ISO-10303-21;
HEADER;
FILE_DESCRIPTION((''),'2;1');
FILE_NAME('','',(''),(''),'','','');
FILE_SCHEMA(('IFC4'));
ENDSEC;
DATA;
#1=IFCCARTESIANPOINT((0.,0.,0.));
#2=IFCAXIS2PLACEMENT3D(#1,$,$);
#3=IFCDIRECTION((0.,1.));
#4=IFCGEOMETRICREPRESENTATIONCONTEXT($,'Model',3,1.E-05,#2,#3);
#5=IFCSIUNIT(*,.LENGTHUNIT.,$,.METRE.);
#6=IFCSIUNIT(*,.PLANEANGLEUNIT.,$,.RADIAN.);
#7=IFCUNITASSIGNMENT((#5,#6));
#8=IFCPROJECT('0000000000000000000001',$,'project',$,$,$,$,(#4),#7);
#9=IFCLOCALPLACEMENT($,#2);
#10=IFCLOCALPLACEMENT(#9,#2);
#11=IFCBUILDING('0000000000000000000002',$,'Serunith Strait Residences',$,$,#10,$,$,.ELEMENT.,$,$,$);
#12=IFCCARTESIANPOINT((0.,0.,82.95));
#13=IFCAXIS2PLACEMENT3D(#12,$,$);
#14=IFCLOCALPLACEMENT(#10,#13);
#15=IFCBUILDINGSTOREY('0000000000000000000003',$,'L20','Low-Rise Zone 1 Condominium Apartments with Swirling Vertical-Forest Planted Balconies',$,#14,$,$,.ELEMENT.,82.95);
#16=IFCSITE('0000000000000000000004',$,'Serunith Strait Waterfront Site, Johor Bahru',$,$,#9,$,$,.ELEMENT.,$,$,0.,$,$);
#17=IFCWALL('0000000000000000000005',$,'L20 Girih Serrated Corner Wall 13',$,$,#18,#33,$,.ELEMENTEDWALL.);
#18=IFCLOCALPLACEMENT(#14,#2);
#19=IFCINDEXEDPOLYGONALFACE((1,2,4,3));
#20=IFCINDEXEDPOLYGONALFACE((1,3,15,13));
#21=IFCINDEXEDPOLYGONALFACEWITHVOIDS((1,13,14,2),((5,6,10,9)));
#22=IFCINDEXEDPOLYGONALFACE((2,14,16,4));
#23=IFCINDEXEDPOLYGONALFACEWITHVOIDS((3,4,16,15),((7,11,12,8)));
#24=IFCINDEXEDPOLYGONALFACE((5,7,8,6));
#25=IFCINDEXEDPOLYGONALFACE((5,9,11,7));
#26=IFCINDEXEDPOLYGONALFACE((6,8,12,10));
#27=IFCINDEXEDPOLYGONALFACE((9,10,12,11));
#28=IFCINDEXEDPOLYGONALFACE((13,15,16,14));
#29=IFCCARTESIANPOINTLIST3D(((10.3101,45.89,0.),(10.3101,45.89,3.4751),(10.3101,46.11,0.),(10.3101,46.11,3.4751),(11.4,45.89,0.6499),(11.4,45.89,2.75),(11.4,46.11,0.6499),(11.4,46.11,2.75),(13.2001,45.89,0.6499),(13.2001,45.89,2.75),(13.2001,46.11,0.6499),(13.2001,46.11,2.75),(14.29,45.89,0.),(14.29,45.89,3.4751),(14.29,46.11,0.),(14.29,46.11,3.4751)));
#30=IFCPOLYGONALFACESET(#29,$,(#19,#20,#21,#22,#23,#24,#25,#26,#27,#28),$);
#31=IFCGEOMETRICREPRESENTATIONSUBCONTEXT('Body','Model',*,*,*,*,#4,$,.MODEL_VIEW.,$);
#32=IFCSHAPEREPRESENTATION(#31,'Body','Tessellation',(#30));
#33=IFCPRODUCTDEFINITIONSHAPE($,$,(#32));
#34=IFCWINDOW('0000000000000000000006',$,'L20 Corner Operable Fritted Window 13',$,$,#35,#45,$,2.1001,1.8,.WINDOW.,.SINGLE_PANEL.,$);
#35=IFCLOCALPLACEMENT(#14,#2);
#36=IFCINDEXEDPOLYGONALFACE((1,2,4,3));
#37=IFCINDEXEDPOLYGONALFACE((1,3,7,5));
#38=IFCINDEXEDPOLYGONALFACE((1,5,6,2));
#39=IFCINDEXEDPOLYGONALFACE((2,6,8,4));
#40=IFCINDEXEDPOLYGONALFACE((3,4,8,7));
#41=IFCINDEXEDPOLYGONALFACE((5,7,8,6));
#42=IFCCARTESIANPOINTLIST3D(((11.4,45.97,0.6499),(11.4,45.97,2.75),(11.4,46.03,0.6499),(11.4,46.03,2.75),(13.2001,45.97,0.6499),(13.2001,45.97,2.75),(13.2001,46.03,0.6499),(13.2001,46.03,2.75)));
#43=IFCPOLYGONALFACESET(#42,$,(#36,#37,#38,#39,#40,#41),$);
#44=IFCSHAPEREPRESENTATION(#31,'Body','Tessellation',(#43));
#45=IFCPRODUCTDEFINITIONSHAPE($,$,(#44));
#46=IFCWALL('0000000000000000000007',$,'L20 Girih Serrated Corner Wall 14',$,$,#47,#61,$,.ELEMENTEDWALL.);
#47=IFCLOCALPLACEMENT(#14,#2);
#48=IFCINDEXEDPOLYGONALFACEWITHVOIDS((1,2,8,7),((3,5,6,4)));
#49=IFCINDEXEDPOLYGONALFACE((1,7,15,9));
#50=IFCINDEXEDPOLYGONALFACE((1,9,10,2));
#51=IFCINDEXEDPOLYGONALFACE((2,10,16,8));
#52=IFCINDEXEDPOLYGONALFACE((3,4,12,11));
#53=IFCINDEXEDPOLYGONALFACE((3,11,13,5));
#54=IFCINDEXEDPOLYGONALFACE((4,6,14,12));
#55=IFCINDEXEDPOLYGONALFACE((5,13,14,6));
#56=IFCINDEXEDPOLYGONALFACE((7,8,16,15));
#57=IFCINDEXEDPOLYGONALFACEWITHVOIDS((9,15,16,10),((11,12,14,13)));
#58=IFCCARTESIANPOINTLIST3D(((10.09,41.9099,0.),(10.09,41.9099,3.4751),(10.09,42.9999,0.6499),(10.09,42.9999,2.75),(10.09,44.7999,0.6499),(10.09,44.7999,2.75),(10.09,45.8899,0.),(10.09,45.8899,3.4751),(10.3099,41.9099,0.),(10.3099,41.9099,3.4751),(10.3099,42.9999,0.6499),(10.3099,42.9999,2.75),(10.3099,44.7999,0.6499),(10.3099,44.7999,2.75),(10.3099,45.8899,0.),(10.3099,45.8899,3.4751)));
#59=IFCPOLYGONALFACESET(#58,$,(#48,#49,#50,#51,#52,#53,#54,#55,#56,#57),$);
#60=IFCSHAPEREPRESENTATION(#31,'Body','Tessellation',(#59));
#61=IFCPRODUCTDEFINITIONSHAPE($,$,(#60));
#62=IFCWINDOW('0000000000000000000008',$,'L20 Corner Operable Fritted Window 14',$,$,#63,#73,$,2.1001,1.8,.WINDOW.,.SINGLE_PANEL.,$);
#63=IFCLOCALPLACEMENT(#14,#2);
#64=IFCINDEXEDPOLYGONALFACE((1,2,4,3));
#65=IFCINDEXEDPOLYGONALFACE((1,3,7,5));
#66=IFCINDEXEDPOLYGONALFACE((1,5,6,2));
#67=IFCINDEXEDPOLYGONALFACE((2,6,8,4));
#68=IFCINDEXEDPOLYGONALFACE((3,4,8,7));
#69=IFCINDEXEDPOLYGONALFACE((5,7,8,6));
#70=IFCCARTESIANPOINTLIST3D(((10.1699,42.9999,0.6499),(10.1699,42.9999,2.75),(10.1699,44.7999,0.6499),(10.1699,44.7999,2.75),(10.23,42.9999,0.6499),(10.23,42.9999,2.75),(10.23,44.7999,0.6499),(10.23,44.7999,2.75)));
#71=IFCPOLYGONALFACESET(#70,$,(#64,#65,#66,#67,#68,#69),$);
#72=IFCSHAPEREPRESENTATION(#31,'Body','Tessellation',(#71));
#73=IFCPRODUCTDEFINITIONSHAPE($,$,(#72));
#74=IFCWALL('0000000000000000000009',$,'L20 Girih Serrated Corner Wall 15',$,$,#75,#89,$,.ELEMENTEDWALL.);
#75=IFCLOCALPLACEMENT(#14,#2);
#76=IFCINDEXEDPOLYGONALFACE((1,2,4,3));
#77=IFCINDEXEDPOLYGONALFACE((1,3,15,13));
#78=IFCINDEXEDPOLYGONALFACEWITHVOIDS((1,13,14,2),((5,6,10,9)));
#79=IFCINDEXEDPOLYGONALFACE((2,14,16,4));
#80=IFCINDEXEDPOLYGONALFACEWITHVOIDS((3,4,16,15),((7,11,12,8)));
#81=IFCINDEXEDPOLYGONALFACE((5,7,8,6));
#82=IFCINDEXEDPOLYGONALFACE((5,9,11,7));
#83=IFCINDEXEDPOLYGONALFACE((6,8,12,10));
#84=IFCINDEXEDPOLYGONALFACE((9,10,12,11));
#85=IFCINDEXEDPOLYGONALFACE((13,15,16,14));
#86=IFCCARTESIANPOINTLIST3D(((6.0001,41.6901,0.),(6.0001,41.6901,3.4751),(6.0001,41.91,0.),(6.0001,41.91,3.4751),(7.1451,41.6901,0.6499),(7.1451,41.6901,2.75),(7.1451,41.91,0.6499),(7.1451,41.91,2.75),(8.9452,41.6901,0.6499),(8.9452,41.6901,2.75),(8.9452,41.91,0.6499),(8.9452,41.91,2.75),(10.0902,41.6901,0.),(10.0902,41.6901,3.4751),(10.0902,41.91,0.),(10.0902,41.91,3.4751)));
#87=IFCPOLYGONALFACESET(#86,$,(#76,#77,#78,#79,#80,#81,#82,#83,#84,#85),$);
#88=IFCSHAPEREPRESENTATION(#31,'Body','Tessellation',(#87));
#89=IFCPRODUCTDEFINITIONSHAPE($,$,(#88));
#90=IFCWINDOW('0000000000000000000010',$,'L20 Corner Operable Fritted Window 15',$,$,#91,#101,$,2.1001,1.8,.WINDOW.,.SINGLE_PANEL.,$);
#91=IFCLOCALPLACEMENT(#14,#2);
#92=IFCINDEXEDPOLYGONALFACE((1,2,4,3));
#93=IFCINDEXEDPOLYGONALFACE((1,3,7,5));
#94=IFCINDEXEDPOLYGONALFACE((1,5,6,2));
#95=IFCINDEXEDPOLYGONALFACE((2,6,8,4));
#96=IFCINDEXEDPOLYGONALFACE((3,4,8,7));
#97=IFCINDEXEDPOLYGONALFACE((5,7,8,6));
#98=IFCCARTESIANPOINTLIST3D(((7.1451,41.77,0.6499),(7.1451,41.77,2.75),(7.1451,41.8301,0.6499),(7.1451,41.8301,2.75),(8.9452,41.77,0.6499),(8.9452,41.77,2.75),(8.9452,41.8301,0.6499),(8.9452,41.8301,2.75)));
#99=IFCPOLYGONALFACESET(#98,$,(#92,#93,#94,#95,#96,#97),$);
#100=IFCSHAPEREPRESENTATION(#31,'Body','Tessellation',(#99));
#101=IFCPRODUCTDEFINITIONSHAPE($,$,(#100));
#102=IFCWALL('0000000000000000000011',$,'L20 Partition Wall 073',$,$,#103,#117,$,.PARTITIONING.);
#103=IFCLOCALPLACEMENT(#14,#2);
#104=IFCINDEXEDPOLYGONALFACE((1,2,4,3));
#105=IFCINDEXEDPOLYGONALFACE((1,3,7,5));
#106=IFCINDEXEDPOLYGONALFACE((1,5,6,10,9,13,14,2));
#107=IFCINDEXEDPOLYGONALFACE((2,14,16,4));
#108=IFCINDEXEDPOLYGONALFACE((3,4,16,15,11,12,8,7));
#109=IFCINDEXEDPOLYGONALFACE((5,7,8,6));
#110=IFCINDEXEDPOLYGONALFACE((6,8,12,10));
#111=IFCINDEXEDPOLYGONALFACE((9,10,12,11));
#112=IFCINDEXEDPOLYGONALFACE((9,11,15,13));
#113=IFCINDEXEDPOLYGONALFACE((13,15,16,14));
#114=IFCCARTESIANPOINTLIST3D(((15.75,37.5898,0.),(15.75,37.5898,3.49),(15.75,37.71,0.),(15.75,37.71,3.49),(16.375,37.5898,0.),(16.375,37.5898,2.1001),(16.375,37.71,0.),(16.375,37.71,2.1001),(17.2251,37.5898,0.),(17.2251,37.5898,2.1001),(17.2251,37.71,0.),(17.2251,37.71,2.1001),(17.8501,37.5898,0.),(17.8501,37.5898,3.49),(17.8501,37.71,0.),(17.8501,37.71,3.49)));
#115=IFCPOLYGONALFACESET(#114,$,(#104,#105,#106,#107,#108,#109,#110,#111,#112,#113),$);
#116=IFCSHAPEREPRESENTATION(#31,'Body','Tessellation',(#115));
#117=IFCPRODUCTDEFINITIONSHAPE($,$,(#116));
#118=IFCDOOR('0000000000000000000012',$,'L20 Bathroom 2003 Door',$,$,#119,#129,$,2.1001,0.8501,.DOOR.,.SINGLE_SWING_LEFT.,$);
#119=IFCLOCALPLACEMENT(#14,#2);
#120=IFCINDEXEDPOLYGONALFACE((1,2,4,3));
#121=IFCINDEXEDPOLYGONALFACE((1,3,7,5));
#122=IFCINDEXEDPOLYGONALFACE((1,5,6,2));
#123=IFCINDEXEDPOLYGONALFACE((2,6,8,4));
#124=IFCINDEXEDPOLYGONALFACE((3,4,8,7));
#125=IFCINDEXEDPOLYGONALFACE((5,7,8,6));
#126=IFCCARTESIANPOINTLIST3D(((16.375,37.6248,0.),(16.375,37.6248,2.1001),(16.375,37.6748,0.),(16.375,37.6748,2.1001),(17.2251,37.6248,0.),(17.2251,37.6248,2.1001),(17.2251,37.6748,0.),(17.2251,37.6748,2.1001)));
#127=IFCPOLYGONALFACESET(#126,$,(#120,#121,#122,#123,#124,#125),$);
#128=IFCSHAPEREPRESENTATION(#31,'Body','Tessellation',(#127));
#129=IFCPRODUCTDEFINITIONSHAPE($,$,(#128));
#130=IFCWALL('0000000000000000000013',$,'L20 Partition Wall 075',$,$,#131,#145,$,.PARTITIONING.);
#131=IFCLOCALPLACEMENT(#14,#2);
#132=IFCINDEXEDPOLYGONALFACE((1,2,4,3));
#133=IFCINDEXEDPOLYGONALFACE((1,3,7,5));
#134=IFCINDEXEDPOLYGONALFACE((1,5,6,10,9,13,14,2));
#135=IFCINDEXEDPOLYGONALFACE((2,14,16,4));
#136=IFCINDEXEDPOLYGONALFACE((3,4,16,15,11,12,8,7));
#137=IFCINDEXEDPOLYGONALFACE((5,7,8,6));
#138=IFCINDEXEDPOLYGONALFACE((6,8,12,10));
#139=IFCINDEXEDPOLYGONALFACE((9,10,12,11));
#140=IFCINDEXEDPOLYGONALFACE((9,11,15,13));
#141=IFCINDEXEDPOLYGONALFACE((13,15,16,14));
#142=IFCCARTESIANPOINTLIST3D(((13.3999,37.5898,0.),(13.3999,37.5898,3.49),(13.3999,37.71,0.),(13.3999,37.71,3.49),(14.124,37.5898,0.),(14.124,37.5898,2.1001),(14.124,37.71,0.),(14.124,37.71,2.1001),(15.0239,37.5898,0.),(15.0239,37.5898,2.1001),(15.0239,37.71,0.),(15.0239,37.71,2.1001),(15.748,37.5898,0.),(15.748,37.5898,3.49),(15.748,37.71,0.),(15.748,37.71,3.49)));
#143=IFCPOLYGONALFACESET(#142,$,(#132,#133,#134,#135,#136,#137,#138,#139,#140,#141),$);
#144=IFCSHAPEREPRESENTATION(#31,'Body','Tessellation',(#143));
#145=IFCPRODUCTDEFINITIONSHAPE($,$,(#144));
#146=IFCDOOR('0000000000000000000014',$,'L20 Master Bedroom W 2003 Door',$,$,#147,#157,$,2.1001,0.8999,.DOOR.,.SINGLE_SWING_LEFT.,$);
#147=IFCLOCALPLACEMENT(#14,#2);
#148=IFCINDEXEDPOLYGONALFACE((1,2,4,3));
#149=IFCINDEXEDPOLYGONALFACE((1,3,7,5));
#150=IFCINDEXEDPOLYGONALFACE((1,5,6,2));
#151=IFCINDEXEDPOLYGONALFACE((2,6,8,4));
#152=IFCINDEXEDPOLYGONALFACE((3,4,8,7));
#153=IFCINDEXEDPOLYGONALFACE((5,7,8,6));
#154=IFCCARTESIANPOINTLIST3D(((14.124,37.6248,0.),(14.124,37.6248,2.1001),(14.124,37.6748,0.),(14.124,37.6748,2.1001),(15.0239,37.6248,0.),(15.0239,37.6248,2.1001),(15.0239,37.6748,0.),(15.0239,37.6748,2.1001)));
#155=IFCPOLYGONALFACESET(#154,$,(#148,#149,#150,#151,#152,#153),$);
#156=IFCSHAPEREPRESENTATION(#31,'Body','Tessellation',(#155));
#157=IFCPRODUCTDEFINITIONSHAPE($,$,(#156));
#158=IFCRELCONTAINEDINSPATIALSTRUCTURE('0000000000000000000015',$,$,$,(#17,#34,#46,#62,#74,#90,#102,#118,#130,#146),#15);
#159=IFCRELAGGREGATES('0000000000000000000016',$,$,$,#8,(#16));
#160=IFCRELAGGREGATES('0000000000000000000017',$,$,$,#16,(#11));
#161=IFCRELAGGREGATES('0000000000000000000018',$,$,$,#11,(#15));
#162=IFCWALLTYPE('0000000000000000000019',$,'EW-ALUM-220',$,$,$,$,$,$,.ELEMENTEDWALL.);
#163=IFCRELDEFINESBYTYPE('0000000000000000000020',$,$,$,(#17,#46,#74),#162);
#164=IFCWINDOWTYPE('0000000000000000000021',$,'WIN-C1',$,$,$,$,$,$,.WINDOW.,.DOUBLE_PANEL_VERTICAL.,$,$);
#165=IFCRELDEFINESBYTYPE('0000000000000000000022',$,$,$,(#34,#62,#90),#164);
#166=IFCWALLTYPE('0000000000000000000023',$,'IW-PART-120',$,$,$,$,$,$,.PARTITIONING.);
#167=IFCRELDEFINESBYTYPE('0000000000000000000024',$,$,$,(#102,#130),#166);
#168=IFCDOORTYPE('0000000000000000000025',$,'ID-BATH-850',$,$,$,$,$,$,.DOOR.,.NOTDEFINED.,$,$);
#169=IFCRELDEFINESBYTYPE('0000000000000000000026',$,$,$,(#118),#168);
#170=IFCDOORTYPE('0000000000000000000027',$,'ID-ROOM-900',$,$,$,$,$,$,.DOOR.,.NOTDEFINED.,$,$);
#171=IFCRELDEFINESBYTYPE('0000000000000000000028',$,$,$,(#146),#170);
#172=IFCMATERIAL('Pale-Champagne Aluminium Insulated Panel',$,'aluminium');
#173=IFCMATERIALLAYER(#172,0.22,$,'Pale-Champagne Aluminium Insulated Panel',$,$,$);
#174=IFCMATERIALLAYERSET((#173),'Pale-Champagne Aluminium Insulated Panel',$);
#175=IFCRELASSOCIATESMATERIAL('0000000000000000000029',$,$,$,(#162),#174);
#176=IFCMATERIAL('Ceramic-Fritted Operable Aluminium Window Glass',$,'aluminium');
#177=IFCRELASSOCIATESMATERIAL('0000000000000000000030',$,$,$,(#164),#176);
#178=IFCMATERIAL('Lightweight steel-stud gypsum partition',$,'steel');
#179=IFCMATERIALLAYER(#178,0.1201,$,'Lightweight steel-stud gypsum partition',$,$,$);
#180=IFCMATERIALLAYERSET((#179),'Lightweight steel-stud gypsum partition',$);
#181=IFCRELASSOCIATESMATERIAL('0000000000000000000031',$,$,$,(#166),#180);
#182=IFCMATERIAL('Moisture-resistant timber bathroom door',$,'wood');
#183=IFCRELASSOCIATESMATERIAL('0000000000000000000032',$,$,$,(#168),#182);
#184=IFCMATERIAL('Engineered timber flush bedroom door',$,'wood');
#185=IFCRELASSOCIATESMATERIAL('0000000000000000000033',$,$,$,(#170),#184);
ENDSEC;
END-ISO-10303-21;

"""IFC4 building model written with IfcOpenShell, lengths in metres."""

from ifc_helpers import new_model, si_unit, direction, frame, frame_2d, origin, place, context, subcontext, project, spatial, rectangle, extrude, source, transform, mapped, material, layer, layer_set, type_object, element, fill, save


model = new_model("IFC4")

# Units and contexts
model_context = context("Model", 3, precision=1e-05, world=origin(), true_north=direction((0.0, 1.0)))
body_context = subcontext(model_context, "Body", "Model", "MODEL_VIEW")
ifc_project = project(units=[si_unit("LENGTHUNIT", "METRE"), si_unit("PLANEANGLEUNIT", "RADIAN")], contexts=[model_context])

# Site, building, storey
site_placement = place(None, origin())
site = spatial("IfcSite", under=ifc_project, at=site_placement, Name="Serunith Strait Waterfront Site, Johor Bahru", CompositionType="ELEMENT", RefElevation=0.0)
building_placement = place(site_placement, origin())
building = spatial("IfcBuilding", under=site, at=building_placement, Name="Serunith Strait Residences", CompositionType="ELEMENT")
storey_placement = place(building_placement, frame((0.0, 0.0, 82.95)))
storey = spatial("IfcBuildingStorey", under=building, at=storey_placement, Name="L20", Description="Low-Rise Zone 1 Condominium Apartments with Swirling Vertical-Forest Planted Balconies", CompositionType="ELEMENT", Elevation=82.95)

# Walls, openings, windows
ifc_material_1 = material(Name="Pale-Champagne Aluminium Insulated Panel", Category="aluminium")
ifc_layer_1 = layer(ifc_material_1, 0.22, Name="Pale-Champagne Aluminium Insulated Panel")
ifc_layer_set_1 = layer_set([ifc_layer_1], Name="Pale-Champagne Aluminium Insulated Panel")
wall_type_1 = type_object("IfcWallType", Name="EW-ALUM-220", PredefinedType="ELEMENTEDWALL", material=ifc_layer_set_1)
ifc_material_2 = material(Name="Ceramic-Fritted Operable Aluminium Window Glass", Category="aluminium")
window_type = type_object("IfcWindowType", Name="WIN-C1", PartitioningType="DOUBLE_PANEL_VERTICAL", PredefinedType="WINDOW", material=ifc_material_2)
shared_shape_1 = source(origin(), body_context, "Body", "SweptSolid", [
    extrude(rectangle(XDim=1.8, YDim=2.1001, at=frame_2d((0.8999, 1.05))), frame((0.0, 0.03, 0.0), z_axis=(0.0, -1.0, 0.0), x_axis=(1.0, 0.0, 0.0)), (0.0, 0.0, 1.0), 0.0601),
])
wall_1_placement = place(storey_placement, frame((14.29, 46.0, 0.0), z_axis=(0.0, 0.0, 1.0), x_axis=(-1.0, 0.0, 0.0)))
wall_1 = element("IfcWall", 1, at=wall_1_placement, inside=storey, type_object=wall_type_1, Name="L20 Girih Serrated Corner Wall 13", PredefinedType="ELEMENTEDWALL", context=body_context, shape_type="SweptSolid", body=[
    extrude(rectangle(XDim=3.98, YDim=0.22, at=frame_2d((1.99, 0.0))), origin(), (0.0, 0.0, 1.0), 3.4751),
])
opening_1_placement = place(wall_1_placement, frame((1.0901, 0.0, 0.6499)))
opening_1 = element("IfcOpeningElement", 2, at=opening_1_placement, cuts=wall_1, PredefinedType="OPENING", context=body_context, shape_type="SweptSolid", body=[
    extrude(rectangle(XDim=1.8, YDim=2.1001, at=frame_2d((0.8999, 1.05))), frame((0.0, 0.1201, 0.0), z_axis=(0.0, -1.0, 0.0), x_axis=(1.0, 0.0, 0.0)), (0.0, 0.0, 1.0), 0.24),
])
window_1_placement = place(opening_1_placement, origin())
window_1 = element("IfcWindow", 3, at=window_1_placement, inside=storey, type_object=window_type, Name="L20 Corner Operable Fritted Window 13", OverallHeight=2.1001, OverallWidth=1.8, PartitioningType="SINGLE_PANEL", PredefinedType="WINDOW", context=body_context, shape_type="MappedRepresentation", body=[
    mapped(shared_shape_1, transform((0.0, 0.0, 0.0), scale=1.0)),
])
fill(opening_1, window_1)
wall_2_placement = place(storey_placement, frame((10.2, 45.8899, 0.0), z_axis=(0.0, 0.0, 1.0), x_axis=(0.0, -1.0, 0.0)))
wall_2 = element("IfcWall", 4, at=wall_2_placement, inside=storey, type_object=wall_type_1, Name="L20 Girih Serrated Corner Wall 14", PredefinedType="ELEMENTEDWALL", context=body_context, shape_type="SweptSolid", body=[
    extrude(rectangle(XDim=3.98, YDim=0.22, at=frame_2d((1.99, 0.0))), origin(), (0.0, 0.0, 1.0), 3.4751),
])
opening_2_placement = place(wall_2_placement, frame((1.0901, 0.0, 0.6499)))
opening_2 = element("IfcOpeningElement", 5, at=opening_2_placement, cuts=wall_2, PredefinedType="OPENING", context=body_context, shape_type="SweptSolid", body=[
    extrude(rectangle(XDim=1.8, YDim=2.1001, at=frame_2d((0.8999, 1.05))), frame((0.0, 0.1201, 0.0), z_axis=(0.0, -1.0, 0.0), x_axis=(1.0, 0.0, 0.0)), (0.0, 0.0, 1.0), 0.24),
])
window_2_placement = place(opening_2_placement, origin())
window_2 = element("IfcWindow", 6, at=window_2_placement, inside=storey, type_object=window_type, Name="L20 Corner Operable Fritted Window 14", OverallHeight=2.1001, OverallWidth=1.8, PartitioningType="SINGLE_PANEL", PredefinedType="WINDOW", context=body_context, shape_type="MappedRepresentation", body=[
    mapped(shared_shape_1, transform((0.0, 0.0, 0.0), scale=1.0)),
])
fill(opening_2, window_2)
wall_3_placement = place(storey_placement, frame((10.0901, 41.8, 0.0), z_axis=(0.0, 0.0, 1.0), x_axis=(-1.0, 0.0, 0.0)))
wall_3 = element("IfcWall", 7, at=wall_3_placement, inside=storey, type_object=wall_type_1, Name="L20 Girih Serrated Corner Wall 15", PredefinedType="ELEMENTEDWALL", context=body_context, shape_type="SweptSolid", body=[
    extrude(rectangle(XDim=4.0901, YDim=0.22, at=frame_2d((2.0449, 0.0))), origin(), (0.0, 0.0, 1.0), 3.4751),
])
opening_3_placement = place(wall_3_placement, frame((1.145, 0.0, 0.6499)))
opening_3 = element("IfcOpeningElement", 8, at=opening_3_placement, cuts=wall_3, PredefinedType="OPENING", context=body_context, shape_type="SweptSolid", body=[
    extrude(rectangle(XDim=1.8, YDim=2.1001, at=frame_2d((0.8999, 1.05))), frame((0.0, 0.1201, 0.0), z_axis=(0.0, -1.0, 0.0), x_axis=(1.0, 0.0, 0.0)), (0.0, 0.0, 1.0), 0.24),
])
window_3_placement = place(opening_3_placement, origin())
window_3 = element("IfcWindow", 9, at=window_3_placement, inside=storey, type_object=window_type, Name="L20 Corner Operable Fritted Window 15", OverallHeight=2.1001, OverallWidth=1.8, PartitioningType="SINGLE_PANEL", PredefinedType="WINDOW", context=body_context, shape_type="MappedRepresentation", body=[
    mapped(shared_shape_1, transform((0.0, 0.0, 0.0), scale=1.0)),
])
fill(opening_3, window_3)

# Walls, openings, doors
ifc_material_3 = material(Name="Lightweight steel-stud gypsum partition", Category="steel")
ifc_layer_2 = layer(ifc_material_3, 0.1201, Name="Lightweight steel-stud gypsum partition")
ifc_layer_set_2 = layer_set([ifc_layer_2], Name="Lightweight steel-stud gypsum partition")
wall_type_2 = type_object("IfcWallType", Name="IW-PART-120", PredefinedType="PARTITIONING", material=ifc_layer_set_2)
wall_4_placement = place(storey_placement, frame((15.75, 37.6499, 0.0), z_axis=(0.0, 0.0, 1.0), x_axis=(1.0, 0.0, 0.0)))
wall_4 = element("IfcWall", 10, at=wall_4_placement, inside=storey, type_object=wall_type_2, Name="L20 Partition Wall 073", PredefinedType="PARTITIONING", context=body_context, shape_type="SweptSolid", body=[
    extrude(rectangle(XDim=2.1001, YDim=0.1201, at=frame_2d((1.05, 0.0))), origin(), (0.0, 0.0, 1.0), 3.49),
])
opening_4_placement = place(wall_4_placement, frame((0.625, 0.0, 0.0)))
opening_4 = element("IfcOpeningElement", 11, at=opening_4_placement, cuts=wall_4, PredefinedType="OPENING", context=body_context, shape_type="SweptSolid", body=[
    extrude(rectangle(XDim=0.8501, YDim=2.1001, at=frame_2d((0.425, 1.05))), frame((0.0, 0.0701, 0.0), z_axis=(0.0, -1.0, 0.0), x_axis=(1.0, 0.0, 0.0)), (0.0, 0.0, 1.0), 0.1401),
])
ifc_material_4 = material(Name="Moisture-resistant timber bathroom door", Category="wood")
door_type_1 = type_object("IfcDoorType", Name="ID-BATH-850", OperationType="NOTDEFINED", PredefinedType="DOOR", material=ifc_material_4)
shared_shape_2 = source(origin(), body_context, "Body", "SweptSolid", [
    extrude(rectangle(XDim=0.8501, YDim=2.1001, at=frame_2d((0.425, 1.05))), frame((0.0, 0.0249, 0.0), z_axis=(0.0, -1.0, 0.0), x_axis=(1.0, 0.0, 0.0)), (0.0, 0.0, 1.0), 0.05),
])
door_1_placement = place(opening_4_placement, origin())
door_1 = element("IfcDoor", 12, at=door_1_placement, inside=storey, type_object=door_type_1, Name="L20 Bathroom 2003 Door", OperationType="SINGLE_SWING_LEFT", OverallHeight=2.1001, OverallWidth=0.8501, PredefinedType="DOOR", context=body_context, shape_type="MappedRepresentation", body=[
    mapped(shared_shape_2, transform((0.0, 0.0, 0.0), scale=1.0)),
])
fill(opening_4, door_1)
wall_5_placement = place(storey_placement, frame((13.3999, 37.6499, 0.0), z_axis=(0.0, 0.0, 1.0), x_axis=(1.0, 0.0, 0.0)))
wall_5 = element("IfcWall", 13, at=wall_5_placement, inside=storey, type_object=wall_type_2, Name="L20 Partition Wall 075", PredefinedType="PARTITIONING", context=body_context, shape_type="SweptSolid", body=[
    extrude(rectangle(XDim=2.3481, YDim=0.1201, at=frame_2d((1.1741, 0.0))), origin(), (0.0, 0.0, 1.0), 3.49),
])
opening_5_placement = place(wall_5_placement, frame((0.7241, 0.0, 0.0)))
opening_5 = element("IfcOpeningElement", 14, at=opening_5_placement, cuts=wall_5, PredefinedType="OPENING", context=body_context, shape_type="SweptSolid", body=[
    extrude(rectangle(XDim=0.8999, YDim=2.1001, at=frame_2d((0.45, 1.05))), frame((0.0, 0.0701, 0.0), z_axis=(0.0, -1.0, 0.0), x_axis=(1.0, 0.0, 0.0)), (0.0, 0.0, 1.0), 0.1401),
])
ifc_material_5 = material(Name="Engineered timber flush bedroom door", Category="wood")
door_type_2 = type_object("IfcDoorType", Name="ID-ROOM-900", OperationType="NOTDEFINED", PredefinedType="DOOR", material=ifc_material_5)
shared_shape_3 = source(origin(), body_context, "Body", "SweptSolid", [
    extrude(rectangle(XDim=0.8999, YDim=2.1001, at=frame_2d((0.45, 1.05))), frame((0.0, 0.0249, 0.0), z_axis=(0.0, -1.0, 0.0), x_axis=(1.0, 0.0, 0.0)), (0.0, 0.0, 1.0), 0.05),
])
door_2_placement = place(opening_5_placement, origin())
door_2 = element("IfcDoor", 15, at=door_2_placement, inside=storey, type_object=door_type_2, Name="L20 Master Bedroom W 2003 Door", OperationType="SINGLE_SWING_LEFT", OverallHeight=2.1001, OverallWidth=0.8999, PredefinedType="DOOR", context=body_context, shape_type="MappedRepresentation", body=[
    mapped(shared_shape_3, transform((0.0, 0.0, 0.0), scale=1.0)),
])
fill(opening_5, door_2)

save(model, "model.ifc")
